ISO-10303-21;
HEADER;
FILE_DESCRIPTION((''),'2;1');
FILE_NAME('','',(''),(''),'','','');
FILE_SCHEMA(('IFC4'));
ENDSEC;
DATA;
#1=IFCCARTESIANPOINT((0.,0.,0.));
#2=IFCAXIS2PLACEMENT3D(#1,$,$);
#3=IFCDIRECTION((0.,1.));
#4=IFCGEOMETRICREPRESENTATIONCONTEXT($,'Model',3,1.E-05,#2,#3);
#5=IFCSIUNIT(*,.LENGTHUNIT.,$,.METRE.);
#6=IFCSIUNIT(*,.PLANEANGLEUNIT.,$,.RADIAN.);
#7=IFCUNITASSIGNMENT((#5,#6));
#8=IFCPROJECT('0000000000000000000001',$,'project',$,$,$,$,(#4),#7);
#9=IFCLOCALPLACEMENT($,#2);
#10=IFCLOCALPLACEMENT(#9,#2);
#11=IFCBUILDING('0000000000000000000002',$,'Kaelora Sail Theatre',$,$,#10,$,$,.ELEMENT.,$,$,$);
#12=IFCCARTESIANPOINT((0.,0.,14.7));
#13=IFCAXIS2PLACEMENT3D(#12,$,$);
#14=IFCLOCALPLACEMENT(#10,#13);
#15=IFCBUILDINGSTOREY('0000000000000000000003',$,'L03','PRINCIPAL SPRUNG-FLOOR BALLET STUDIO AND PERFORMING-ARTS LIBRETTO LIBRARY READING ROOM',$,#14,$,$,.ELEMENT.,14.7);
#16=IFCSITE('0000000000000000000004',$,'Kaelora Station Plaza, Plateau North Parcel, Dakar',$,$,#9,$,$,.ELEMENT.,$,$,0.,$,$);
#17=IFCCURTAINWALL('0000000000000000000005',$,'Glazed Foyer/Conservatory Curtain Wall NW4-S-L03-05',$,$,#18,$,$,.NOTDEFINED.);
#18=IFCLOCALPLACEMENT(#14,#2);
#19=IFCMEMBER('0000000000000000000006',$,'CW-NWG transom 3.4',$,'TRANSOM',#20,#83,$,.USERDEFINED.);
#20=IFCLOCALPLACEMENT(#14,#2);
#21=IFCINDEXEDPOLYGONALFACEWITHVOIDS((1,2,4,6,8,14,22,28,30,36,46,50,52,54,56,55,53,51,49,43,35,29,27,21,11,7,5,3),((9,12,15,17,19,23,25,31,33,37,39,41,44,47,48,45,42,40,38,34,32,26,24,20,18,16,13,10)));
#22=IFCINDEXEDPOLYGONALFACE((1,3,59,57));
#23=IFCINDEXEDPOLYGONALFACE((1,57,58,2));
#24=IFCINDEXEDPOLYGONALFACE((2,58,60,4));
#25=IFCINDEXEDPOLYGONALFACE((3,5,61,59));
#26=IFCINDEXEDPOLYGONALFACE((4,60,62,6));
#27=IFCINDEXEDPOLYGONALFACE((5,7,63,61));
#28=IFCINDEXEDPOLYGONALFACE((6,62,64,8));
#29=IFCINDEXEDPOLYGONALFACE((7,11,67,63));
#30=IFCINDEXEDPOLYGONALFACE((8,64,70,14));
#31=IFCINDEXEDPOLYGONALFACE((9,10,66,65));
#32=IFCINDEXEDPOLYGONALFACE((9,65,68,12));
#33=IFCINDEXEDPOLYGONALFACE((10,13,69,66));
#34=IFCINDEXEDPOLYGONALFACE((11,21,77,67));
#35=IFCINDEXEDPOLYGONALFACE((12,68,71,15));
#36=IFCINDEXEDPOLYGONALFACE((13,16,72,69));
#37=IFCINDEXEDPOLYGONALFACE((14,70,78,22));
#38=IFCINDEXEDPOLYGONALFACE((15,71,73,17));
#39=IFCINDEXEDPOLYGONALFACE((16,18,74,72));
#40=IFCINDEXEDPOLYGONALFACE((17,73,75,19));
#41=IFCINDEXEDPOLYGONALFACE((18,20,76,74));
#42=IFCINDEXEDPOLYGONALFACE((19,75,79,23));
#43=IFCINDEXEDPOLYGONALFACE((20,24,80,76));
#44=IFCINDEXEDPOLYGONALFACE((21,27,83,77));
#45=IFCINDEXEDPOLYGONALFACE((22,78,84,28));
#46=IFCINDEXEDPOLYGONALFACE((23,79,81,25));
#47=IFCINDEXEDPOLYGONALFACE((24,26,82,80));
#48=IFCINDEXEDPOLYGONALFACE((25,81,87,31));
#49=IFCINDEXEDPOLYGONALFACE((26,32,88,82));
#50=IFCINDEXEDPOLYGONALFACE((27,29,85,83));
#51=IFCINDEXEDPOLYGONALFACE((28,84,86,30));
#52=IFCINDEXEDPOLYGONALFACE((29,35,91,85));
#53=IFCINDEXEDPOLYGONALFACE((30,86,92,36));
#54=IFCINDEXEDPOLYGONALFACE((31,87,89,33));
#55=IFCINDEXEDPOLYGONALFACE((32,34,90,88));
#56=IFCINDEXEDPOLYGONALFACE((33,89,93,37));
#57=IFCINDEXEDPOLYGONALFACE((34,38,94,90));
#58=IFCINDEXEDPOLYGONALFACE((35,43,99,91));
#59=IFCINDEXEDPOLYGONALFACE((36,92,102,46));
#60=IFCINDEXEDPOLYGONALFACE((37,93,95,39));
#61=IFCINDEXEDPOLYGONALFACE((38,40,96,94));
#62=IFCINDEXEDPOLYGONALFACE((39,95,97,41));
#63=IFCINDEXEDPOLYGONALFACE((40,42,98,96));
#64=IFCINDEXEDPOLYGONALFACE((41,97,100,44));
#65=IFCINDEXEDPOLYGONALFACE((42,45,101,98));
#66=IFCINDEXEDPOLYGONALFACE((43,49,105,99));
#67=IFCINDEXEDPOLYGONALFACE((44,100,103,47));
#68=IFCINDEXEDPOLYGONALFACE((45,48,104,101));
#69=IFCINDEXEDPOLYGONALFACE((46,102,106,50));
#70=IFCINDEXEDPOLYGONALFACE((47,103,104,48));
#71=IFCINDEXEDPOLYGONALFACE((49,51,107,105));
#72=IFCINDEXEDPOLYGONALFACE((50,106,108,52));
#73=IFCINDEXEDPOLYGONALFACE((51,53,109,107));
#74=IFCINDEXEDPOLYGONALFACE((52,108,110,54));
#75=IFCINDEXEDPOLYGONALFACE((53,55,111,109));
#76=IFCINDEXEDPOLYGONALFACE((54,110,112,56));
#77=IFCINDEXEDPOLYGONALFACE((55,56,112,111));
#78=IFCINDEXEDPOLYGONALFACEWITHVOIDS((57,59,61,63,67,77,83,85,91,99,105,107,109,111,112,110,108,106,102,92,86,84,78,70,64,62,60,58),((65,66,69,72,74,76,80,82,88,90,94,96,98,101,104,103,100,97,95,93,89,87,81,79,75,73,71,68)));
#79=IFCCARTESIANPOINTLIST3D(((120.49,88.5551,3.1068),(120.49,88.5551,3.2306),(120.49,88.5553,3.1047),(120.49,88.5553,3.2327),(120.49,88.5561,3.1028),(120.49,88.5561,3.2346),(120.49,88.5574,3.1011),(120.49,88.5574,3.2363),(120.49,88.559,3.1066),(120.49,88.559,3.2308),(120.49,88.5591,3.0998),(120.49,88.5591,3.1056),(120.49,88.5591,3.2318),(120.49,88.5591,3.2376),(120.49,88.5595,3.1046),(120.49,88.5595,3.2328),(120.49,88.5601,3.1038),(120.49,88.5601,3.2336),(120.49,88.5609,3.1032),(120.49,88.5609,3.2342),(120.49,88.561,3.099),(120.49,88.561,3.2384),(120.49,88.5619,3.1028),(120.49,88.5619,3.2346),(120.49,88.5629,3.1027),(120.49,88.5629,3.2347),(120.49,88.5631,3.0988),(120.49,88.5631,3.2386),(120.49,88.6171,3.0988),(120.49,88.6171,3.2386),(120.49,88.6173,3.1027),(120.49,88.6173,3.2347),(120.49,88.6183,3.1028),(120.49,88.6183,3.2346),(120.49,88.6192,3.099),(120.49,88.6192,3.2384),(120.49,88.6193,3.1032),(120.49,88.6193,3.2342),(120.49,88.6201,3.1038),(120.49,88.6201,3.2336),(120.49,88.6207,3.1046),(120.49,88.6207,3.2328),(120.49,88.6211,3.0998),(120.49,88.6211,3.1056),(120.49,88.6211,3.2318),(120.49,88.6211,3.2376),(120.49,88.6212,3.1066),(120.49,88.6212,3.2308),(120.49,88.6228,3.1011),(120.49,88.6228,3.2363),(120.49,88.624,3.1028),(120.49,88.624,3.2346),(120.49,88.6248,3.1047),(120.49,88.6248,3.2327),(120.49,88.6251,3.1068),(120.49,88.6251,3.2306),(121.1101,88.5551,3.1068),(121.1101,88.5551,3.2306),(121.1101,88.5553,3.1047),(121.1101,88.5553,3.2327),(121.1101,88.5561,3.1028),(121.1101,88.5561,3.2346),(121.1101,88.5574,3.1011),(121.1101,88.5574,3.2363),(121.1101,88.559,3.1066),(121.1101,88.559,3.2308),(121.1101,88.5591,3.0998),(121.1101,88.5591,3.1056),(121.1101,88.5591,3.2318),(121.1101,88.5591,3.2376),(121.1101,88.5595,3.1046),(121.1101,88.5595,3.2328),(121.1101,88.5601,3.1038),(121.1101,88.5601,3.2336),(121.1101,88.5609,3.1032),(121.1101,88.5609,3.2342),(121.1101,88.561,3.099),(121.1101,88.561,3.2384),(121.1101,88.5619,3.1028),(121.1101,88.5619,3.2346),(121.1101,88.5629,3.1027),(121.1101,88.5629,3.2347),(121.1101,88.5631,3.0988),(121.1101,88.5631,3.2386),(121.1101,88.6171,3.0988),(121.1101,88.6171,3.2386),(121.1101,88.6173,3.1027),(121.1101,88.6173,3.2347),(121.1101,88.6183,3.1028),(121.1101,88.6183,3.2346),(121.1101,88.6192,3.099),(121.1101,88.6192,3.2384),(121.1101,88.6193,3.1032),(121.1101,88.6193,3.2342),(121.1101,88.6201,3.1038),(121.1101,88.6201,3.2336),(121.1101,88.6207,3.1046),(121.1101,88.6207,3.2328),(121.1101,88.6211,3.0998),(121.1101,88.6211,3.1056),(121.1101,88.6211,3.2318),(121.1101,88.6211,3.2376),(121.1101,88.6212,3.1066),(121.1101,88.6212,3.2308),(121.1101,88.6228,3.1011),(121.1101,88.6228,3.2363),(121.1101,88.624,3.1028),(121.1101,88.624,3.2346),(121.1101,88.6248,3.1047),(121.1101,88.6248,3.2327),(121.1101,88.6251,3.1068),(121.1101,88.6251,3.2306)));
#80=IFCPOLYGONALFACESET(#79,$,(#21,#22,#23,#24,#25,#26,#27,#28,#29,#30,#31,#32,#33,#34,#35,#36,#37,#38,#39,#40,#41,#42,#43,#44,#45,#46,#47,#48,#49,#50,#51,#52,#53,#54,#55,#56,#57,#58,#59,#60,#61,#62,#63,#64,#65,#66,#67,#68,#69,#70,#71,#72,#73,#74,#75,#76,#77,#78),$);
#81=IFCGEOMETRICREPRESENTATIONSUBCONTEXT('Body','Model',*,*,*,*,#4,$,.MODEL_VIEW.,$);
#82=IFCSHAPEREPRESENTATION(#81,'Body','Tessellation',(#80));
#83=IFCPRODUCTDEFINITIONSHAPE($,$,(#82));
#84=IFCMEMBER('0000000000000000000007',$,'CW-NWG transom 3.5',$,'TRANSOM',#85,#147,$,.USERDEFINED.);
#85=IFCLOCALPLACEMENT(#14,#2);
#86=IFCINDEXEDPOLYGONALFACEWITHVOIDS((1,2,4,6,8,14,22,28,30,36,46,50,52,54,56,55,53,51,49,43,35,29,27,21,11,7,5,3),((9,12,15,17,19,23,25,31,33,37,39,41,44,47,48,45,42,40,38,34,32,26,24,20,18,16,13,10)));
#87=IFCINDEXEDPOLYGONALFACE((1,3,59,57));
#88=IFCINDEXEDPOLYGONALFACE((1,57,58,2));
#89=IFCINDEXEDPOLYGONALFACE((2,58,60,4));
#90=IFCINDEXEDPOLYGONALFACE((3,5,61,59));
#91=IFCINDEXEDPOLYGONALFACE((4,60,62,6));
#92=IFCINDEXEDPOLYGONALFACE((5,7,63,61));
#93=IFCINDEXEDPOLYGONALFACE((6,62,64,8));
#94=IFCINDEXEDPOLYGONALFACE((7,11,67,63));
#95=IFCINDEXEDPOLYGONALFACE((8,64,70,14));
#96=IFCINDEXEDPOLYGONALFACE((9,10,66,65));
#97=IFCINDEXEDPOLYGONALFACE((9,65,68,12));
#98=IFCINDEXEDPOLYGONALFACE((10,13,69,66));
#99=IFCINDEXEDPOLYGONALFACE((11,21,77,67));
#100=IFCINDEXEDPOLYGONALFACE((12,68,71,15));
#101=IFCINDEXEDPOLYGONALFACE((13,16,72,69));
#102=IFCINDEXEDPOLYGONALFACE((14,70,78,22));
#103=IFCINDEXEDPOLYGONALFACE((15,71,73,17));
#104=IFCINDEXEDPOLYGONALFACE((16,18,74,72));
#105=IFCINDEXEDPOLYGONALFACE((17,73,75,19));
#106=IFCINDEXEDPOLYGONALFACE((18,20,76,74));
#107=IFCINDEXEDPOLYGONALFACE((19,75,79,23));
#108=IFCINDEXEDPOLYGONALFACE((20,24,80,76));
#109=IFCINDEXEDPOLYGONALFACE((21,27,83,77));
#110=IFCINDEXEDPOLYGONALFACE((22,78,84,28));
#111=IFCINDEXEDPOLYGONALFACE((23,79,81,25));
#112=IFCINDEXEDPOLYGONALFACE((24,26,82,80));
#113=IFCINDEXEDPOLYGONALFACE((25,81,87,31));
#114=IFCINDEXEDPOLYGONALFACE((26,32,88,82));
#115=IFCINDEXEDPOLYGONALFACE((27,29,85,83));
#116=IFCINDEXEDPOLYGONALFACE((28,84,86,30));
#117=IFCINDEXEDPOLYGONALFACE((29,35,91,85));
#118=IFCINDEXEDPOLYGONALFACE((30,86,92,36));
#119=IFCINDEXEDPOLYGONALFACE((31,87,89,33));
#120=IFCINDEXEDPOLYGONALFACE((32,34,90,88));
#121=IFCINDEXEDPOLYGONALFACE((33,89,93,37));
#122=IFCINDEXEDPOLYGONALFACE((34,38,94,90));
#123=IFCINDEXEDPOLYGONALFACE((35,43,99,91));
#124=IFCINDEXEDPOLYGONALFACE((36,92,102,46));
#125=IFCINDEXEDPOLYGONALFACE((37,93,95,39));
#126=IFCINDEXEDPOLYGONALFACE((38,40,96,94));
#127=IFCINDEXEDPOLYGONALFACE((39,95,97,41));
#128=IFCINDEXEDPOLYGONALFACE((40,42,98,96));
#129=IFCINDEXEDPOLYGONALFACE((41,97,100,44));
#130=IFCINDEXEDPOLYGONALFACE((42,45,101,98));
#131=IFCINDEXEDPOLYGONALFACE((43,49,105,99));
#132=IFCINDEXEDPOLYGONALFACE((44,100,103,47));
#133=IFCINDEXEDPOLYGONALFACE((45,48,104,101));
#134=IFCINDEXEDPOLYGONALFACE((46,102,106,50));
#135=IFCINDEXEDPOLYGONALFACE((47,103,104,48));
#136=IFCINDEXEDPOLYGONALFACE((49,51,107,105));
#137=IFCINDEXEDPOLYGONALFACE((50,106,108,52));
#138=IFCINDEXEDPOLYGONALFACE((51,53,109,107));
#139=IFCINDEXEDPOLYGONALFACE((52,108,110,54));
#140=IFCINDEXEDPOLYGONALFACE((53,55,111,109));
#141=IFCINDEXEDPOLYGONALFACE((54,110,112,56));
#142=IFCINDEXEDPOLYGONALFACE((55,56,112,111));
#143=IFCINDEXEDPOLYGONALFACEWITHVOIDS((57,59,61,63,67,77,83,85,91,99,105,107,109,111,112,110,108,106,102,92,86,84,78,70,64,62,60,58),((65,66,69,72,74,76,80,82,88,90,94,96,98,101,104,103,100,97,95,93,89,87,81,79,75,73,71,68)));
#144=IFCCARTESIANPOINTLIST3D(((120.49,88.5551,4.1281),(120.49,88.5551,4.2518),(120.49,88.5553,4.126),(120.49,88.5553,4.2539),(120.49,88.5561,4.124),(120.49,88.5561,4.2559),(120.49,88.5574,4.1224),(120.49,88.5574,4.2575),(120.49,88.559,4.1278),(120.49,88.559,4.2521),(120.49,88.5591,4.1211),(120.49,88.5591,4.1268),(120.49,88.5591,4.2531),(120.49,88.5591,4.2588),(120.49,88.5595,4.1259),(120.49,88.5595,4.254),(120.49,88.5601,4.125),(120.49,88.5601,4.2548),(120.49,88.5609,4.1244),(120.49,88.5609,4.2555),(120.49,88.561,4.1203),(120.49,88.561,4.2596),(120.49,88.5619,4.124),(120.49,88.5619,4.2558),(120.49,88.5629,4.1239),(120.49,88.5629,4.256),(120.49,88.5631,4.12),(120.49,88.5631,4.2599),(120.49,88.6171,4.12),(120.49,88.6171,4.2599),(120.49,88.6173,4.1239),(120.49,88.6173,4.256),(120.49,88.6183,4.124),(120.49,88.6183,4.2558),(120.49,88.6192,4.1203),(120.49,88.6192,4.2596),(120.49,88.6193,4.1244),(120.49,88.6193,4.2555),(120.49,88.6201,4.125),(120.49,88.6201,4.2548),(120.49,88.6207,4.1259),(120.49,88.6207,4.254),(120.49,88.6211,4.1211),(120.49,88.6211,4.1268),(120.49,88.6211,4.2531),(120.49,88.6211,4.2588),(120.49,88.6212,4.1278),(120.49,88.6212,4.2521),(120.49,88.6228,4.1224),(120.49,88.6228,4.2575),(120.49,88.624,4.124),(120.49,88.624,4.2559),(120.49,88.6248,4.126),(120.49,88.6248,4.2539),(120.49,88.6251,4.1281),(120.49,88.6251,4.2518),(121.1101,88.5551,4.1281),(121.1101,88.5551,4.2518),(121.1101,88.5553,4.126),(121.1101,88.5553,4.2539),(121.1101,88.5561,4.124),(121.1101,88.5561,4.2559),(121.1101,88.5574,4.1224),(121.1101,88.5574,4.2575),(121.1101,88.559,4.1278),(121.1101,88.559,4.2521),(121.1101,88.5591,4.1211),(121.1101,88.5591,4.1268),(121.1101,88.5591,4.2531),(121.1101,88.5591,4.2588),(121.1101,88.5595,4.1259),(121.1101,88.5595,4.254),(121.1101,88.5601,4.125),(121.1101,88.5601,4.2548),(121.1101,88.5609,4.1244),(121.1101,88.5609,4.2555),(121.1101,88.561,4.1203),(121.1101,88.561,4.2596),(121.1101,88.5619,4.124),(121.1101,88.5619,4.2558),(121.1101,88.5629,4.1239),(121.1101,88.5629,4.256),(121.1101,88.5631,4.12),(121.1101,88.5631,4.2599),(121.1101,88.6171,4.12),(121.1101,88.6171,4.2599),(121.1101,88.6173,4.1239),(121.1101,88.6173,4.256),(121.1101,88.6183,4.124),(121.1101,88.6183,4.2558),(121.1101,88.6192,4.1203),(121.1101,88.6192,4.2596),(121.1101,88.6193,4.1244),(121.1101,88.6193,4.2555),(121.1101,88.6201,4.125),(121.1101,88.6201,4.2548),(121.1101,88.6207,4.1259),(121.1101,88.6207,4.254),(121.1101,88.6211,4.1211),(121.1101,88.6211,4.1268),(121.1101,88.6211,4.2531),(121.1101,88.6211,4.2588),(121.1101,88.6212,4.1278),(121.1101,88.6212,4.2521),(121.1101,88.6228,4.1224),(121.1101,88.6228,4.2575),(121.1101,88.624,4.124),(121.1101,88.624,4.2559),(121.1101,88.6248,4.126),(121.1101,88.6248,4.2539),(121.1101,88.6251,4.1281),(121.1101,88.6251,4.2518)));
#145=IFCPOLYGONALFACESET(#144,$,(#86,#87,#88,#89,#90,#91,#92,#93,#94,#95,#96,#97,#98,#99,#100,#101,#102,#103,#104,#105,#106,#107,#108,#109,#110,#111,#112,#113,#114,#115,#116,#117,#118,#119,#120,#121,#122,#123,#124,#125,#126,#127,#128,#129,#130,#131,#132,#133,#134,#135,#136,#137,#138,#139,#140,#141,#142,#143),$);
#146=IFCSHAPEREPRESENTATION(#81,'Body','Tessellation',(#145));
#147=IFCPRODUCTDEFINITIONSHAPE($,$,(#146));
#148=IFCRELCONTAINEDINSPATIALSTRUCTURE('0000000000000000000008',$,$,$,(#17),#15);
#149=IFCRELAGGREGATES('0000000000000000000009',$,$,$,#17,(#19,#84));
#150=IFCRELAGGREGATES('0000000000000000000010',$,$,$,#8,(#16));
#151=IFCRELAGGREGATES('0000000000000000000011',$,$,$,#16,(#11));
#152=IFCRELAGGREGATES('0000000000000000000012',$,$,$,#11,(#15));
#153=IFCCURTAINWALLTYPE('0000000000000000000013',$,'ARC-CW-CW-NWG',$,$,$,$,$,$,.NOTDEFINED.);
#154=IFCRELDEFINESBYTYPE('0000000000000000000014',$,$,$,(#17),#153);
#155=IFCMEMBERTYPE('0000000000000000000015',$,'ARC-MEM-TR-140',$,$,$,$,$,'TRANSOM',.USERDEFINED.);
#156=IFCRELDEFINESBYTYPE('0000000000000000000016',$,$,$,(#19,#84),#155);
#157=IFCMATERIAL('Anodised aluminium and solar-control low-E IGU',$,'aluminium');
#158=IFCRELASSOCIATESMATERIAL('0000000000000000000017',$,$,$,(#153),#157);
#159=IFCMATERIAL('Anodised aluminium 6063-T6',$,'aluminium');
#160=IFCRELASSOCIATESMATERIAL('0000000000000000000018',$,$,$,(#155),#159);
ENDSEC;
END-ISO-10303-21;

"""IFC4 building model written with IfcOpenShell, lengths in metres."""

from ifc_helpers import new_model, si_unit, direction, frame, origin, origin_2d, place, context, subcontext, project, spatial, hollow_rectangle, extrude, material, material_profile, profile_set, type_object, element, aggregate, save


model = new_model("IFC4")

# Units and contexts
model_context = context("Model", 3, precision=1e-05, world=origin(), true_north=direction((0.0, 1.0)))
body_context = subcontext(model_context, "Body", "Model", "MODEL_VIEW")
ifc_project = project(units=[si_unit("LENGTHUNIT", "METRE"), si_unit("PLANEANGLEUNIT", "RADIAN")], contexts=[model_context])

# Site, building, storey
site_placement = place(None, origin())
site = spatial("IfcSite", under=ifc_project, at=site_placement, Name="Kaelora Station Plaza, Plateau North Parcel, Dakar", CompositionType="ELEMENT", RefElevation=0.0)
building_placement = place(site_placement, origin())
building = spatial("IfcBuilding", under=site, at=building_placement, Name="Kaelora Sail Theatre", CompositionType="ELEMENT")
storey_placement = place(building_placement, frame((0.0, 0.0, 14.7)))
storey = spatial("IfcBuildingStorey", under=building, at=storey_placement, Name="L03", Description="PRINCIPAL SPRUNG-FLOOR BALLET STUDIO AND PERFORMING-ARTS LIBRETTO LIBRARY READING ROOM", CompositionType="ELEMENT", Elevation=14.7)

# Curtain wall, members
ifc_material_1 = material(Name="Anodised aluminium and solar-control low-E IGU", Category="aluminium")
curtain_wall_type = type_object("IfcCurtainWallType", Name="ARC-CW-CW-NWG", PredefinedType="NOTDEFINED", material=ifc_material_1)
ifc_material_2 = material(Name="Anodised aluminium 6063-T6", Category="aluminium")
ifc_material_profile = material_profile(ifc_material_2, hollow_rectangle(XDim=0.0701, YDim=0.1399, WallThickness=0.0039, InnerFilletRadius=0.0039, OuterFilletRadius=0.0081, at=origin_2d()), Name="ALU-TRAN 70x140x4")
ifc_profile_set = profile_set([ifc_material_profile], Name="Anodised aluminium 6063-T6")
member_type = type_object("IfcMemberType", Name="ARC-MEM-TR-140", ElementType="TRANSOM", PredefinedType="USERDEFINED", material=ifc_profile_set)
curtain_wall_1_placement = place(storey_placement, origin())
curtain_wall_1 = element("IfcCurtainWall", 1, at=curtain_wall_1_placement, inside=storey, type_object=curtain_wall_type, Name="Glazed Foyer/Conservatory Curtain Wall NW4-S-L03-05", PredefinedType="NOTDEFINED")
member_1_placement = place(storey_placement, frame((120.49, 88.5901, 3.1687), z_axis=(1.0, 0.0, 0.0), x_axis=(0.0, 1.0, 0.0)))
member_1 = element("IfcMember", 2, at=member_1_placement, type_object=member_type, Name="CW-NWG transom 3.4", ObjectType="TRANSOM", PredefinedType="USERDEFINED", context=body_context, shape_type="SweptSolid", body=[
    extrude(hollow_rectangle(XDim=0.0701, YDim=0.1399, WallThickness=0.0039, InnerFilletRadius=0.0039, OuterFilletRadius=0.0081, at=origin_2d()), origin(), (0.0, 0.0, 1.0), 0.6201),
])
member_2_placement = place(storey_placement, frame((120.49, 88.5901, 4.1899), z_axis=(1.0, 0.0, 0.0), x_axis=(0.0, 1.0, 0.0)))
member_2 = element("IfcMember", 3, at=member_2_placement, type_object=member_type, Name="CW-NWG transom 3.5", ObjectType="TRANSOM", PredefinedType="USERDEFINED", context=body_context, shape_type="SweptSolid", body=[
    extrude(hollow_rectangle(XDim=0.0701, YDim=0.1399, WallThickness=0.0039, InnerFilletRadius=0.0039, OuterFilletRadius=0.0081, at=origin_2d()), origin(), (0.0, 0.0, 1.0), 0.6201),
])

aggregate(curtain_wall_1, [member_1, member_2])

save(model, "model.ifc")
